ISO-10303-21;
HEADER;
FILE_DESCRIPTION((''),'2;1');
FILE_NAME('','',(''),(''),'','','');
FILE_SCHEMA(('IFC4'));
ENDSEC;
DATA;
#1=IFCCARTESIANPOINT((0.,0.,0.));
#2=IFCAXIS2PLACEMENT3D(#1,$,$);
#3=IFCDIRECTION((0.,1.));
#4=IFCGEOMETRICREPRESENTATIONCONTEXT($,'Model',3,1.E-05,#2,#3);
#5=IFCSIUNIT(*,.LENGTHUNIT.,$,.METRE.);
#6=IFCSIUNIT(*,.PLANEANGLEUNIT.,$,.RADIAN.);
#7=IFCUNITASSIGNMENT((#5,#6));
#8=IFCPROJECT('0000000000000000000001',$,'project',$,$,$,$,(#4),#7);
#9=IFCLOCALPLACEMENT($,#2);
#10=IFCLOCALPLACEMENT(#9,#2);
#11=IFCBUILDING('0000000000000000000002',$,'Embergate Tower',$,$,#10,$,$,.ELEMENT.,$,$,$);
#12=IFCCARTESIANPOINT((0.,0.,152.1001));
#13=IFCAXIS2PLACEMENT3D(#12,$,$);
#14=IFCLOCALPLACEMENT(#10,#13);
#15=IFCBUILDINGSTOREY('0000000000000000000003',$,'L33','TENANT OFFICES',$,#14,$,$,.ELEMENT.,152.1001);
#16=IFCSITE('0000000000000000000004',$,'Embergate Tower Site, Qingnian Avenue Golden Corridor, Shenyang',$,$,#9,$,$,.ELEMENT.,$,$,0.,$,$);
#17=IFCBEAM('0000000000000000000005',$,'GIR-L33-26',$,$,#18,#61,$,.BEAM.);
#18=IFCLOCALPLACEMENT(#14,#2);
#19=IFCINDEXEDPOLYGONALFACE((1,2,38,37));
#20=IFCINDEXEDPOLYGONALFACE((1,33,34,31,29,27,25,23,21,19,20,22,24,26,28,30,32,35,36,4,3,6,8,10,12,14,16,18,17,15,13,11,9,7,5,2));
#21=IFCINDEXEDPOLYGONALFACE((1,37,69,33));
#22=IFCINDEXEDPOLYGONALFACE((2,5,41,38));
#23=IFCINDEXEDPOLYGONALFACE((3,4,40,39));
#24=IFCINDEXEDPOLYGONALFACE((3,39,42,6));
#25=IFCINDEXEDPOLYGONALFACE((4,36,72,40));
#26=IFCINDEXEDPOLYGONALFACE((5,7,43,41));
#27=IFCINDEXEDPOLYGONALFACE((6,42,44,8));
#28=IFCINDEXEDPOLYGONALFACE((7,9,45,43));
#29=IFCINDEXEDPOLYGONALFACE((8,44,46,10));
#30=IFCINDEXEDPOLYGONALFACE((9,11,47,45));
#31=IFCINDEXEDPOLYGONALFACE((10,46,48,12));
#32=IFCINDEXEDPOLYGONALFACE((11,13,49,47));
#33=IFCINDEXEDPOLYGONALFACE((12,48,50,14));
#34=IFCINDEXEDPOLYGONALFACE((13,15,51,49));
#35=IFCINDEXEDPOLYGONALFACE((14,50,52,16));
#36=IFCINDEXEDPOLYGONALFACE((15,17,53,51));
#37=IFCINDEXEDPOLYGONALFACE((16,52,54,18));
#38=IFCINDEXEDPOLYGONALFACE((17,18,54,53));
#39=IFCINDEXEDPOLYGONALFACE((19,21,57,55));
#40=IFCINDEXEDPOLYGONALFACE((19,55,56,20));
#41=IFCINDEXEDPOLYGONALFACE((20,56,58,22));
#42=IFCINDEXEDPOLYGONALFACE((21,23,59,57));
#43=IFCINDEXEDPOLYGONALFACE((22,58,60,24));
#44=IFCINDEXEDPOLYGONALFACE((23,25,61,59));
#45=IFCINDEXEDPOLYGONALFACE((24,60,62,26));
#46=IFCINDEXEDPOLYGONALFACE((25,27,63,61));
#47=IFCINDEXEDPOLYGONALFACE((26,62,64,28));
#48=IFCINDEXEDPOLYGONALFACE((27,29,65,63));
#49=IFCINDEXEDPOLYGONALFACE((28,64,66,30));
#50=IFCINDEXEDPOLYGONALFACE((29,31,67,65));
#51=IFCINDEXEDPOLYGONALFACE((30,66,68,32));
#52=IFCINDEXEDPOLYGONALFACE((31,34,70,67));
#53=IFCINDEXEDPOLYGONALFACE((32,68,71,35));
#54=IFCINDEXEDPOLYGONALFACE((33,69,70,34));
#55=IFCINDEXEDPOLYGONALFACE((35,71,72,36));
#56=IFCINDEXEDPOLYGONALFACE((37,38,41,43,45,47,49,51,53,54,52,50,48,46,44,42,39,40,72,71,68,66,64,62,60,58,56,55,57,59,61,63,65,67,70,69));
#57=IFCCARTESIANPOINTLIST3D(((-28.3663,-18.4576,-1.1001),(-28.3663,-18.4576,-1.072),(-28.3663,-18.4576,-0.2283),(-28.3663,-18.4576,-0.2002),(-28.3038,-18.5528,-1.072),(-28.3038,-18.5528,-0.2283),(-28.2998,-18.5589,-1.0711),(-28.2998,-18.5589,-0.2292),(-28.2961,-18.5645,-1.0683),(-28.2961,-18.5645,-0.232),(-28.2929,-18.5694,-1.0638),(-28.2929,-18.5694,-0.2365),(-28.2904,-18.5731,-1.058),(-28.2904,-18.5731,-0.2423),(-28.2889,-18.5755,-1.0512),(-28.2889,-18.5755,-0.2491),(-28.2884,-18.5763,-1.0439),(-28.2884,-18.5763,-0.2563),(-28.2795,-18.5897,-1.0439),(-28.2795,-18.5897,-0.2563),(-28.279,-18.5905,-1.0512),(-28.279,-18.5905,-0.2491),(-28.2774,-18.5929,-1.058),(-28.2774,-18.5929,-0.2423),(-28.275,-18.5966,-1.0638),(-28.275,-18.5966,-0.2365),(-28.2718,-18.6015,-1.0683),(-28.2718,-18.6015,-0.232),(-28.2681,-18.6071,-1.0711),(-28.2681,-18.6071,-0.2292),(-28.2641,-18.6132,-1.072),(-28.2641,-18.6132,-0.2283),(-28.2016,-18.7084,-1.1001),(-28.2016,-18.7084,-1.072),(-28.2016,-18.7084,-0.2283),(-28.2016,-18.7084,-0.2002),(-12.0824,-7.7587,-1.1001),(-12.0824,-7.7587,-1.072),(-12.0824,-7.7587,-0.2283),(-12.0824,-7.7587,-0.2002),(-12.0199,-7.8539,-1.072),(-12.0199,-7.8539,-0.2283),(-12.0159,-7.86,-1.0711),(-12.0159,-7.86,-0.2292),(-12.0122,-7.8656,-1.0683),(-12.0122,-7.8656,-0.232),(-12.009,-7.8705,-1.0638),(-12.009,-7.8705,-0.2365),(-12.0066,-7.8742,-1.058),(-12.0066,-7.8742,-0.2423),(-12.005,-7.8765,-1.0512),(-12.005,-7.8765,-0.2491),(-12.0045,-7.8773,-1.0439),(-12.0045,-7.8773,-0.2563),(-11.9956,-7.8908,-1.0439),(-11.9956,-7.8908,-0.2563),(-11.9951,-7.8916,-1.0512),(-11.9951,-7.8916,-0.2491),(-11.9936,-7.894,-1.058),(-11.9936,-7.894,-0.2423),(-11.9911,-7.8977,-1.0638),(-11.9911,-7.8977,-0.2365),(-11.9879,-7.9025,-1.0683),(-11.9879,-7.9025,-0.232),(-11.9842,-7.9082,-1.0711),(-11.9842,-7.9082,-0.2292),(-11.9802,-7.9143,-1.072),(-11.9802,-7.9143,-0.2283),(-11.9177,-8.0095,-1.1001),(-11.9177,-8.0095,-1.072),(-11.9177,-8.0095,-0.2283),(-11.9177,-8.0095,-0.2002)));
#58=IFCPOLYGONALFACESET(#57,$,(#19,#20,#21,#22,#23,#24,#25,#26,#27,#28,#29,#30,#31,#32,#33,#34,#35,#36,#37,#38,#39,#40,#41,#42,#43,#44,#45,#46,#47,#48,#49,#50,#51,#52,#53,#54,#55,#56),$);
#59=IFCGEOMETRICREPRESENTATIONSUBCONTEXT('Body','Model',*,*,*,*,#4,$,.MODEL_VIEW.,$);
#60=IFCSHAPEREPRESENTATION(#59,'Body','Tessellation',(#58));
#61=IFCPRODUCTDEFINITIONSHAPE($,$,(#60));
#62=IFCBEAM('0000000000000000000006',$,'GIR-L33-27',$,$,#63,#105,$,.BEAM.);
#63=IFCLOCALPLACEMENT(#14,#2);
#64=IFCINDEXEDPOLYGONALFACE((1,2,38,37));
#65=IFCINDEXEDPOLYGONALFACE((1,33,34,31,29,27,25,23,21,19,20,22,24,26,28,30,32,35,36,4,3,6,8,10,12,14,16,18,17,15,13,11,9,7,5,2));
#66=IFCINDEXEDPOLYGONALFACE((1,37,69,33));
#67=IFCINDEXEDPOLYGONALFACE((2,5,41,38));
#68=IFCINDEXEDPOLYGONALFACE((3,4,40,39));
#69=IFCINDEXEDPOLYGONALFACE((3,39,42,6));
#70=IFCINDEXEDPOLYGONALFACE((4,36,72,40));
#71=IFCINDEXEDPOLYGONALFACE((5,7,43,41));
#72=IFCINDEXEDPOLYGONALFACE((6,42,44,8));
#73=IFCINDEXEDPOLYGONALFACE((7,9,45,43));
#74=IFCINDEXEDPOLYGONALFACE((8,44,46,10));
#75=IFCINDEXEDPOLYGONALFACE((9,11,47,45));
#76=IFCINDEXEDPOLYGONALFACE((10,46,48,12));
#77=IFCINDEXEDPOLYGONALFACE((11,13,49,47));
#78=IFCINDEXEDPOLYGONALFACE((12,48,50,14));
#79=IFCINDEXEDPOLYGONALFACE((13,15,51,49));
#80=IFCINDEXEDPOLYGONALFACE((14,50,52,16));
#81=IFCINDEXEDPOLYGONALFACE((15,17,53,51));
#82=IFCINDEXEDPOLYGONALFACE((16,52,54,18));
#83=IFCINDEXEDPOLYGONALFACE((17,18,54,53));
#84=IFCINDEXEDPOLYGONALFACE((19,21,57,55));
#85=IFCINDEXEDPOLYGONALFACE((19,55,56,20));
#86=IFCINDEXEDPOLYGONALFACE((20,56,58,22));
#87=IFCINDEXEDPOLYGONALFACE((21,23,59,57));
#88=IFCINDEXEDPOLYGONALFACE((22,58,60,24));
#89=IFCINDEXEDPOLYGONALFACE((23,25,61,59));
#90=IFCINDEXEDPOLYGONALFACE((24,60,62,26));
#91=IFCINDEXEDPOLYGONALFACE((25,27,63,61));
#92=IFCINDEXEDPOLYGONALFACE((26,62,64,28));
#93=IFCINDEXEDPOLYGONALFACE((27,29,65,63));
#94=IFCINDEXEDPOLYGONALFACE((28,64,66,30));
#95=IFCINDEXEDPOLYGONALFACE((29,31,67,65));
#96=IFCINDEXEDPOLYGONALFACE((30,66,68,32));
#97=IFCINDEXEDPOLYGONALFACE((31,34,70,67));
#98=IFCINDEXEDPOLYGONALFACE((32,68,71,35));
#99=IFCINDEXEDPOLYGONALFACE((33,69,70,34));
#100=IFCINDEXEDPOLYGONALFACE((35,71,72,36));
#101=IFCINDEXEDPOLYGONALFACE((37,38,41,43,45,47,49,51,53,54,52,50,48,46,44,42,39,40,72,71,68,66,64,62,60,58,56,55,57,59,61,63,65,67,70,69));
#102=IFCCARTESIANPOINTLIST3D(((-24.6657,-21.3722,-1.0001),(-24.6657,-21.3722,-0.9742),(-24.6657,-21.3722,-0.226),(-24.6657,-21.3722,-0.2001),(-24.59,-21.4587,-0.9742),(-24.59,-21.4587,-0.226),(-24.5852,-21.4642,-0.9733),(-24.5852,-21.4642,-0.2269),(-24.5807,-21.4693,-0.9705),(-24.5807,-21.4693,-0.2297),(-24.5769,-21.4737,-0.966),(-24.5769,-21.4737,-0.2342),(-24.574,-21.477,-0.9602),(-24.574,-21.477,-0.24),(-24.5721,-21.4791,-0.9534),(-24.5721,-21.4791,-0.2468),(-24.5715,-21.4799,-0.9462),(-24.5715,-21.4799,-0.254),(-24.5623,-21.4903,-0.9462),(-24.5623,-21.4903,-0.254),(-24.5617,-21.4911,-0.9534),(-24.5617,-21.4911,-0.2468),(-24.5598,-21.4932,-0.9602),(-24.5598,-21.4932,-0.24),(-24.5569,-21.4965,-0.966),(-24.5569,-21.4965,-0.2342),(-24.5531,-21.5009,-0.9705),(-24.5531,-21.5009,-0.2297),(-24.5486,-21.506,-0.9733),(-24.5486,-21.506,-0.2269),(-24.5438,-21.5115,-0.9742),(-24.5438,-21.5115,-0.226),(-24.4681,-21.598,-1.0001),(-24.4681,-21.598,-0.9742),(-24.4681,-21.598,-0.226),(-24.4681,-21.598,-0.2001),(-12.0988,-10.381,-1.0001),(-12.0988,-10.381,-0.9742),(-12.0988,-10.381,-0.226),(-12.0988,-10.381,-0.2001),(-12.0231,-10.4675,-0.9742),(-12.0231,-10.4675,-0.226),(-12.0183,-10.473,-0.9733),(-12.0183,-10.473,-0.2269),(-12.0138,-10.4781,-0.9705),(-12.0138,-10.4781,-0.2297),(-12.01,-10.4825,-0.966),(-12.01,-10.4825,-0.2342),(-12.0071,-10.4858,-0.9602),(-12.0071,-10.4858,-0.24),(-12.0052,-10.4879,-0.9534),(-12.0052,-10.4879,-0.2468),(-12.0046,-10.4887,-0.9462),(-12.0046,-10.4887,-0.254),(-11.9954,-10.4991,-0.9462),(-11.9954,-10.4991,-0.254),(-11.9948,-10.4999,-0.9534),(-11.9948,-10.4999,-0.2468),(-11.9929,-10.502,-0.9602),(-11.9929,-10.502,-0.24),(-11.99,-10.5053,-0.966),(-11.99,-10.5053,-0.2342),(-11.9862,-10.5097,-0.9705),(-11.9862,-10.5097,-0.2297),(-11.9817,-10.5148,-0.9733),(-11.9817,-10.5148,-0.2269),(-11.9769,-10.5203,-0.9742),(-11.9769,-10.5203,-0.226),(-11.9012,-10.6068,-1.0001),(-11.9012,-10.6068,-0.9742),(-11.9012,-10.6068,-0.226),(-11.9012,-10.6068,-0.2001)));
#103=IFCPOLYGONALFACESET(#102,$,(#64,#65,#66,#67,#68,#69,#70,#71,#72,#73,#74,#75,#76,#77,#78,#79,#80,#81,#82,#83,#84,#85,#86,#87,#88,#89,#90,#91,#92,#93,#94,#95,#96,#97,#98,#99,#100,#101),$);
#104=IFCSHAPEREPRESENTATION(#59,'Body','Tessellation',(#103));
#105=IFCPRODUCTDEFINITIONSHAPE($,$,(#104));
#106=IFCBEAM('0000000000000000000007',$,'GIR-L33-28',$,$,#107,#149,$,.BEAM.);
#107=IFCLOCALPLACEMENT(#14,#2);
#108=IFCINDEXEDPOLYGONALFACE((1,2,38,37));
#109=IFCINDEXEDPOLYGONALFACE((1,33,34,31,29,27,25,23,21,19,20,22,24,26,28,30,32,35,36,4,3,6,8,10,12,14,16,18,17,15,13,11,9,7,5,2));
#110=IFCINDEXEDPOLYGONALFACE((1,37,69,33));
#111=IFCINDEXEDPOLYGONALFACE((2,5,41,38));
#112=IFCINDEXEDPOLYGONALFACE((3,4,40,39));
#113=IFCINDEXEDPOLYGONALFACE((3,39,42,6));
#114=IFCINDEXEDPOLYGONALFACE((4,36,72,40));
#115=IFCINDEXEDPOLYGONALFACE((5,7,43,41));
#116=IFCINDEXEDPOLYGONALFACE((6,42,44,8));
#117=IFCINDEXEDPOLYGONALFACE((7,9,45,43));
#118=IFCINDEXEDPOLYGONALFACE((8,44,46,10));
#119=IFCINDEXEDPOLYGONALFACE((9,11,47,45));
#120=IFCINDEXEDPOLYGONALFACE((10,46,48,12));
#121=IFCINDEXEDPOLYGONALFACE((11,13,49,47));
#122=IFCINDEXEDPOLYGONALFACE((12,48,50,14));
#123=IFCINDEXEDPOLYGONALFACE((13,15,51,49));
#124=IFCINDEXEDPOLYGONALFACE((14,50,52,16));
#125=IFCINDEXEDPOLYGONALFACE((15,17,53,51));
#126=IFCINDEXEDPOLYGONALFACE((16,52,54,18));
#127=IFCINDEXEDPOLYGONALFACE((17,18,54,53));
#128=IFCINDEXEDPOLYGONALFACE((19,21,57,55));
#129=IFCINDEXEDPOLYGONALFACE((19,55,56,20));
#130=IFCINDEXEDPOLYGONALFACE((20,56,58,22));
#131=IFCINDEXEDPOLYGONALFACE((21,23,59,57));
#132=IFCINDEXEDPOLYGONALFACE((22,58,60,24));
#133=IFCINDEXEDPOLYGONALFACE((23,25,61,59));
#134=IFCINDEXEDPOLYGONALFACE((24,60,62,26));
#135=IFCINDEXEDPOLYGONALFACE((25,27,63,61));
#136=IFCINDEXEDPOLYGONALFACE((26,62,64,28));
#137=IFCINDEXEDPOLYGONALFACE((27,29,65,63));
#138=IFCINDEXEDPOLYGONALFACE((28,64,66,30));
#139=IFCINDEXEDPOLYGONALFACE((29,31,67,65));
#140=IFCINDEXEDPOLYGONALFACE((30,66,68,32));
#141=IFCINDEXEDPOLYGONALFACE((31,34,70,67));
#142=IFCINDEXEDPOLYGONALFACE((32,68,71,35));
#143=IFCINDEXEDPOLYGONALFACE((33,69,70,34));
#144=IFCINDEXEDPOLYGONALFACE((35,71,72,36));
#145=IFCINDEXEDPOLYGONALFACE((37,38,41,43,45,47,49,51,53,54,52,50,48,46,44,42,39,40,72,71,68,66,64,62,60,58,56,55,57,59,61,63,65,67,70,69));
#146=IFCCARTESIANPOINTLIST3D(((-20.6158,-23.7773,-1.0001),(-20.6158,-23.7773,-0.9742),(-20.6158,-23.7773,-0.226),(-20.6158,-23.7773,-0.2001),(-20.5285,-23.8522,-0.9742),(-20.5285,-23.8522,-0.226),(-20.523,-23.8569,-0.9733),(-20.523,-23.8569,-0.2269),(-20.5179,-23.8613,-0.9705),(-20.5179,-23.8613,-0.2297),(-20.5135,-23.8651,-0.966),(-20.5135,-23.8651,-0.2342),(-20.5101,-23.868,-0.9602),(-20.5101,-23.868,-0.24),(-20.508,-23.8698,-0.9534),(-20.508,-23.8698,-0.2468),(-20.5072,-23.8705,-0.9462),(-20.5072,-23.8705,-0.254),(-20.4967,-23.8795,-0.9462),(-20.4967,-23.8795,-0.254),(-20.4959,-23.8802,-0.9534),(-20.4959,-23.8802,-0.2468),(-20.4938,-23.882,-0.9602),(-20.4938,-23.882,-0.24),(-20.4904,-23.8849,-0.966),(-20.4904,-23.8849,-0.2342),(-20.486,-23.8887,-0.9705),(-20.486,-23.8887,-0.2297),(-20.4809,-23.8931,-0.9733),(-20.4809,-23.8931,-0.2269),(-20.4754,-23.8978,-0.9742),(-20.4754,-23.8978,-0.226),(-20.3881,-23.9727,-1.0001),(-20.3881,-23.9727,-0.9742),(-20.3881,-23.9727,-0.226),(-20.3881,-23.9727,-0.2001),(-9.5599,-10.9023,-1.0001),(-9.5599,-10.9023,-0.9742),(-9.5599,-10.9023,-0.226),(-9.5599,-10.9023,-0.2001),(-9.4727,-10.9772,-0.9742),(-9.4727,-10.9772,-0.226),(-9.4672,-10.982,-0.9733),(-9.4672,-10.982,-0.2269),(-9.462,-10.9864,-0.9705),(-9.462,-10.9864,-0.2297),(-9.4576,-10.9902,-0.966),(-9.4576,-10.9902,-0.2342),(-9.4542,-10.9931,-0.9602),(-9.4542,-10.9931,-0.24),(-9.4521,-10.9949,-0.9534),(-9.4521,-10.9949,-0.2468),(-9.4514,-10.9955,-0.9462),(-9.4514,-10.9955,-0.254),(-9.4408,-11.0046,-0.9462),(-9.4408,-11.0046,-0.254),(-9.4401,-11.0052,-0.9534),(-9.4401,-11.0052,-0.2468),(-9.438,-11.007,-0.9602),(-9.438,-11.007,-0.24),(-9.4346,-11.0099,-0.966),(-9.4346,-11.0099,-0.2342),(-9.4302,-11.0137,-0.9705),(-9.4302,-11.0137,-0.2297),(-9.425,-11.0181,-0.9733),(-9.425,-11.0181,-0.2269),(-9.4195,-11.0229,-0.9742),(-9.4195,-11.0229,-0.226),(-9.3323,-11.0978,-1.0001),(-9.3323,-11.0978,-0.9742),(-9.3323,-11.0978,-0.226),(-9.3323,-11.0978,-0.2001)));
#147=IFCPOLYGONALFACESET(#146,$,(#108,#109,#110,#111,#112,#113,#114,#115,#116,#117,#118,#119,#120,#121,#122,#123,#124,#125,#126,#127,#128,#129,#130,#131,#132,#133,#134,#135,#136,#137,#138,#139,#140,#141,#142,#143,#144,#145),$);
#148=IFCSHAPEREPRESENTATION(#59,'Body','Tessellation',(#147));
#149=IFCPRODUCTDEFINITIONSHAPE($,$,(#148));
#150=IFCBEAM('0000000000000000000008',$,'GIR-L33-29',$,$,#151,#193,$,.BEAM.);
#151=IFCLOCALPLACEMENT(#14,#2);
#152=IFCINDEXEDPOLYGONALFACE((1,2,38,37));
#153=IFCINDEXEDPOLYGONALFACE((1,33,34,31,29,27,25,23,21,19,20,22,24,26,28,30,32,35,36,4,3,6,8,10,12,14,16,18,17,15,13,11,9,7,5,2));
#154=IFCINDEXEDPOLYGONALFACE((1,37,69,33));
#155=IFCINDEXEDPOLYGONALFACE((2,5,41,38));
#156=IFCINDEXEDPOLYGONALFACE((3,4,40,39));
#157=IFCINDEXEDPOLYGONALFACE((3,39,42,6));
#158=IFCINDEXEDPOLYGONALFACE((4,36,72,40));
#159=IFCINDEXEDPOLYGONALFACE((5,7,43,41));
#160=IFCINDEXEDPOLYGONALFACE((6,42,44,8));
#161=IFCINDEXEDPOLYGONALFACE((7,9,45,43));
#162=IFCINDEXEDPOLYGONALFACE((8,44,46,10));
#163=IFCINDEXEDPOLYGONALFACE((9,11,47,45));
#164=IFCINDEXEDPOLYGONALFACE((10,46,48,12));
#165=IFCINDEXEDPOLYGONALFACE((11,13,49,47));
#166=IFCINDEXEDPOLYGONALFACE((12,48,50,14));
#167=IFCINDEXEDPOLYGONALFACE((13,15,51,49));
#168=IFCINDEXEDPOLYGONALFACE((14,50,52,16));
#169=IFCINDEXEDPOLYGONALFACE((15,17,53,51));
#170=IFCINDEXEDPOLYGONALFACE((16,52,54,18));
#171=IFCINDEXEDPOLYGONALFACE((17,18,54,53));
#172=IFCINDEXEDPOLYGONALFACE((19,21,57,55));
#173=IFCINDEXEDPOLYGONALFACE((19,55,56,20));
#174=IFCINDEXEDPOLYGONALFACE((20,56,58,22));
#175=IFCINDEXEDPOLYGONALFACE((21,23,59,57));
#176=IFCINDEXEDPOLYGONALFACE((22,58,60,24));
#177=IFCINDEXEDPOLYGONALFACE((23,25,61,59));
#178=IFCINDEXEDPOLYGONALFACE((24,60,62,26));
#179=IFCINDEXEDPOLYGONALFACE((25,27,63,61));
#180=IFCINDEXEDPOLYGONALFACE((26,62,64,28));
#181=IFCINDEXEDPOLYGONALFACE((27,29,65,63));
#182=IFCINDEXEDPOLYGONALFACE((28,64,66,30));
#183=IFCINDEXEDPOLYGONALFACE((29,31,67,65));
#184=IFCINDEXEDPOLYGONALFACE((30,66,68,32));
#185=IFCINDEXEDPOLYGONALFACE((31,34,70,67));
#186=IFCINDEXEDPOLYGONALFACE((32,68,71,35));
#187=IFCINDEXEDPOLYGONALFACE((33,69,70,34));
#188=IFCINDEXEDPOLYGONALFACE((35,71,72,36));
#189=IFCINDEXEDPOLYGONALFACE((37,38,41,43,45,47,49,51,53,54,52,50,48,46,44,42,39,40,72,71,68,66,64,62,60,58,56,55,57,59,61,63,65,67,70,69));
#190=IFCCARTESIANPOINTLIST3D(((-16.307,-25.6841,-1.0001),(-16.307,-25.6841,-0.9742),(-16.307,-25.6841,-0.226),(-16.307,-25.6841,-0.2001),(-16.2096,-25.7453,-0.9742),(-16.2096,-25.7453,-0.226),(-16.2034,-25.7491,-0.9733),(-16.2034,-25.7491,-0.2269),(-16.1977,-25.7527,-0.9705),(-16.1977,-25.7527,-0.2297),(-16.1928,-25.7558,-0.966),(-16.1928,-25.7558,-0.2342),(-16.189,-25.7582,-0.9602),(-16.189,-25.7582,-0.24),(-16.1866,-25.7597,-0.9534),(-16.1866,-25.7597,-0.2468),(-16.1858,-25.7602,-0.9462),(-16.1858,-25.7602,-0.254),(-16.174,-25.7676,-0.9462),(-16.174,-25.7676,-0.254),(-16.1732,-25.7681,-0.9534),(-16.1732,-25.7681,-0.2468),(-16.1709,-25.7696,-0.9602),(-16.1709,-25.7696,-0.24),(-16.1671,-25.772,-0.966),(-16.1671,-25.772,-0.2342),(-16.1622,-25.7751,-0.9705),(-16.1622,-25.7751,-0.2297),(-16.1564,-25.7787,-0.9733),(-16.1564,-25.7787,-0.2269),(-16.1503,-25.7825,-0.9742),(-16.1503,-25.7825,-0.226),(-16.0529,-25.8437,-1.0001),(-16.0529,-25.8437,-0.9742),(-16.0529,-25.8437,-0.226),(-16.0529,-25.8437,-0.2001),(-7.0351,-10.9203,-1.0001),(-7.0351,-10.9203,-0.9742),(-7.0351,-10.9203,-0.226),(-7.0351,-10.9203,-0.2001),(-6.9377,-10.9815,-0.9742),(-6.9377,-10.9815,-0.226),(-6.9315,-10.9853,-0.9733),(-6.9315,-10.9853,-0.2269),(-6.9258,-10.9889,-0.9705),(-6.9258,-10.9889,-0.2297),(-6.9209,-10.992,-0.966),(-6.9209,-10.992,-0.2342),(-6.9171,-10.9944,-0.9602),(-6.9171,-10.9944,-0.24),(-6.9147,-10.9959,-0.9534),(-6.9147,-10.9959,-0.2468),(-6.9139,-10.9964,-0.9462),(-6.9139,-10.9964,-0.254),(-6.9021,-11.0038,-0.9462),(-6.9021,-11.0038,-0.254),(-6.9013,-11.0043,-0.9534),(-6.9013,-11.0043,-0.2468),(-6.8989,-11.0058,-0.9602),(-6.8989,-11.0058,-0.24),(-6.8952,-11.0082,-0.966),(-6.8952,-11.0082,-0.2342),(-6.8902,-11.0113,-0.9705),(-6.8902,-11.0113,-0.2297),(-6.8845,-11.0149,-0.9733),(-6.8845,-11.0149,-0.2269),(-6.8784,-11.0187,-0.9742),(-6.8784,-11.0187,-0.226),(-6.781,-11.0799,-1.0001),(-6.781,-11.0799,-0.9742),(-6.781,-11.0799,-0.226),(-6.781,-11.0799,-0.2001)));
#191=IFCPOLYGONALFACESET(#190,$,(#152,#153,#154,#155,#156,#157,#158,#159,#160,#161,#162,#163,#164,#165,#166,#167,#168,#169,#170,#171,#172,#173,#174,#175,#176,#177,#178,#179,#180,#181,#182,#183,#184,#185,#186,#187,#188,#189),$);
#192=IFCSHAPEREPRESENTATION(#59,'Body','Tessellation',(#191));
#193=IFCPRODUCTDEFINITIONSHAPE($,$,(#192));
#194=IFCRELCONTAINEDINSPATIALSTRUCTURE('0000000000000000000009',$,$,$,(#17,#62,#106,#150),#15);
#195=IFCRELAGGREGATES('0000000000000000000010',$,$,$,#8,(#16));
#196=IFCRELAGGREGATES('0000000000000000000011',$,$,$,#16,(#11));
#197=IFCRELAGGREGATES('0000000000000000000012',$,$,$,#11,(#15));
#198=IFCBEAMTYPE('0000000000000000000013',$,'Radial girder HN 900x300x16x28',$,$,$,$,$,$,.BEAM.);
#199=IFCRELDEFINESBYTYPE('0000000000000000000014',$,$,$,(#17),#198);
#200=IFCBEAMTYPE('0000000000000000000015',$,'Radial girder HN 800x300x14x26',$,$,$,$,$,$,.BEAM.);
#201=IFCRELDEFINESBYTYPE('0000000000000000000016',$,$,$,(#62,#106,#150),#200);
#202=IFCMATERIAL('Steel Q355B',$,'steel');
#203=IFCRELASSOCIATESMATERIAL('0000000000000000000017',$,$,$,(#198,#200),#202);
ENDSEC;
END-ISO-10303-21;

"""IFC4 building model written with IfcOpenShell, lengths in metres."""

from ifc_helpers import new_model, si_unit, direction, frame, origin, origin_2d, place, context, subcontext, project, spatial, i_section, extrude, source, transform, mapped, material, material_profile, profile_set, type_object, element, save


model = new_model("IFC4")

# Units and contexts
model_context = context("Model", 3, precision=1e-05, world=origin(), true_north=direction((0.0, 1.0)))
body_context = subcontext(model_context, "Body", "Model", "MODEL_VIEW")
ifc_project = project(units=[si_unit("LENGTHUNIT", "METRE"), si_unit("PLANEANGLEUNIT", "RADIAN")], contexts=[model_context])

# Site, building, storey
site_placement = place(None, origin())
site = spatial("IfcSite", under=ifc_project, at=site_placement, Name="Embergate Tower Site, Qingnian Avenue Golden Corridor, Shenyang", CompositionType="ELEMENT", RefElevation=0.0)
building_placement = place(site_placement, origin())
building = spatial("IfcBuilding", under=site, at=building_placement, Name="Embergate Tower", CompositionType="ELEMENT")
storey_placement = place(building_placement, frame((0.0, 0.0, 152.1001)))
storey = spatial("IfcBuildingStorey", under=building, at=storey_placement, Name="L33", Description="TENANT OFFICES", CompositionType="ELEMENT", Elevation=152.1001)

# Beams
ifc_material_1 = material(Name="Steel Q355B", Category="steel")
ifc_material_profile_1 = material_profile(ifc_material_1, i_section(OverallWidth=0.3, OverallDepth=0.8999, WebThickness=0.0161, FlangeThickness=0.0281, FilletRadius=0.0281, at=origin_2d()), Name="HN 900x300x16x28")
ifc_profile_set_1 = profile_set([ifc_material_profile_1], Name="Steel Q355 grade B")
beam_type_1 = type_object("IfcBeamType", Name="Radial girder HN 900x300x16x28", PredefinedType="BEAM", material=ifc_profile_set_1)
shared_shape_1 = source(origin(), body_context, "Body", "SweptSolid", [
    extrude(i_section(OverallWidth=0.3, OverallDepth=0.8999, WebThickness=0.0161, FlangeThickness=0.0281, FilletRadius=0.0281, at=origin_2d()), origin(), (0.0, 0.0, 1.0), 19.4841),
])
beam_1_placement = place(storey_placement, frame((-28.2839, -18.583, -0.6501), z_axis=(0.83575, 0.54911, 0.0), x_axis=(-0.54911, 0.83575, 0.0)))
element("IfcBeam", 1, at=beam_1_placement, inside=storey, type_object=beam_type_1, Name="GIR-L33-26", PredefinedType="BEAM", context=body_context, shape_type="MappedRepresentation", body=[
    mapped(shared_shape_1, transform((0.0, 0.0, 0.0))),
])
ifc_material_profile_2 = material_profile(ifc_material_1, i_section(OverallWidth=0.3, OverallDepth=0.8, WebThickness=0.0139, FlangeThickness=0.0259, FilletRadius=0.0281, at=origin_2d()), Name="HN 800x300x14x26")
ifc_profile_set_2 = profile_set([ifc_material_profile_2], Name="Steel Q355 grade B")
beam_type_2 = type_object("IfcBeamType", Name="Radial girder HN 800x300x14x26", PredefinedType="BEAM", material=ifc_profile_set_2)
shared_shape_2 = source(origin(), body_context, "Body", "SweptSolid", [
    extrude(i_section(OverallWidth=0.3, OverallDepth=0.8, WebThickness=0.0139, FlangeThickness=0.0259, FilletRadius=0.0281, at=origin_2d()), origin(), (0.0, 0.0, 1.0), 16.6953),
])
beam_2_placement = place(storey_placement, frame((-24.5669, -21.4851, -0.6001), z_axis=(0.75272, 0.658341, 0.0), x_axis=(-0.658341, 0.75272, 0.0)))
element("IfcBeam", 2, at=beam_2_placement, inside=storey, type_object=beam_type_2, Name="GIR-L33-27", PredefinedType="BEAM", context=body_context, shape_type="MappedRepresentation", body=[
    mapped(shared_shape_2, transform((0.0, 0.0, 0.0))),
])
shared_shape_3 = source(origin(), body_context, "Body", "SweptSolid", [
    extrude(i_section(OverallWidth=0.3, OverallDepth=0.8, WebThickness=0.0139, FlangeThickness=0.0259, FilletRadius=0.0281, at=origin_2d()), origin(), (0.0, 0.0, 1.0), 16.9705),
])
beam_3_placement = place(storey_placement, frame((-20.502, -23.875, -0.6001), z_axis=(0.651477, 0.758668, 0.0), x_axis=(-0.758668, 0.651477, 0.0)))
element("IfcBeam", 3, at=beam_3_placement, inside=storey, type_object=beam_type_2, Name="GIR-L33-28", PredefinedType="BEAM", context=body_context, shape_type="MappedRepresentation", body=[
    mapped(shared_shape_3, transform((0.0, 0.0, 0.0))),
])
shared_shape_4 = source(origin(), body_context, "Body", "SweptSolid", [
    extrude(i_section(OverallWidth=0.3, OverallDepth=0.8, WebThickness=0.0139, FlangeThickness=0.0259, FilletRadius=0.0281, at=origin_2d()), origin(), (0.0, 0.0, 1.0), 17.4338),
])
beam_4_placement = place(storey_placement, frame((-16.1799, -25.7639, -0.6001), z_axis=(0.531834, 0.846848, 0.0), x_axis=(-0.846848, 0.531834, 0.0)))
element("IfcBeam", 4, at=beam_4_placement, inside=storey, type_object=beam_type_2, Name="GIR-L33-29", PredefinedType="BEAM", context=body_context, shape_type="MappedRepresentation", body=[
    mapped(shared_shape_4, transform((0.0, 0.0, 0.0))),
])

save(model, "model.ifc")
